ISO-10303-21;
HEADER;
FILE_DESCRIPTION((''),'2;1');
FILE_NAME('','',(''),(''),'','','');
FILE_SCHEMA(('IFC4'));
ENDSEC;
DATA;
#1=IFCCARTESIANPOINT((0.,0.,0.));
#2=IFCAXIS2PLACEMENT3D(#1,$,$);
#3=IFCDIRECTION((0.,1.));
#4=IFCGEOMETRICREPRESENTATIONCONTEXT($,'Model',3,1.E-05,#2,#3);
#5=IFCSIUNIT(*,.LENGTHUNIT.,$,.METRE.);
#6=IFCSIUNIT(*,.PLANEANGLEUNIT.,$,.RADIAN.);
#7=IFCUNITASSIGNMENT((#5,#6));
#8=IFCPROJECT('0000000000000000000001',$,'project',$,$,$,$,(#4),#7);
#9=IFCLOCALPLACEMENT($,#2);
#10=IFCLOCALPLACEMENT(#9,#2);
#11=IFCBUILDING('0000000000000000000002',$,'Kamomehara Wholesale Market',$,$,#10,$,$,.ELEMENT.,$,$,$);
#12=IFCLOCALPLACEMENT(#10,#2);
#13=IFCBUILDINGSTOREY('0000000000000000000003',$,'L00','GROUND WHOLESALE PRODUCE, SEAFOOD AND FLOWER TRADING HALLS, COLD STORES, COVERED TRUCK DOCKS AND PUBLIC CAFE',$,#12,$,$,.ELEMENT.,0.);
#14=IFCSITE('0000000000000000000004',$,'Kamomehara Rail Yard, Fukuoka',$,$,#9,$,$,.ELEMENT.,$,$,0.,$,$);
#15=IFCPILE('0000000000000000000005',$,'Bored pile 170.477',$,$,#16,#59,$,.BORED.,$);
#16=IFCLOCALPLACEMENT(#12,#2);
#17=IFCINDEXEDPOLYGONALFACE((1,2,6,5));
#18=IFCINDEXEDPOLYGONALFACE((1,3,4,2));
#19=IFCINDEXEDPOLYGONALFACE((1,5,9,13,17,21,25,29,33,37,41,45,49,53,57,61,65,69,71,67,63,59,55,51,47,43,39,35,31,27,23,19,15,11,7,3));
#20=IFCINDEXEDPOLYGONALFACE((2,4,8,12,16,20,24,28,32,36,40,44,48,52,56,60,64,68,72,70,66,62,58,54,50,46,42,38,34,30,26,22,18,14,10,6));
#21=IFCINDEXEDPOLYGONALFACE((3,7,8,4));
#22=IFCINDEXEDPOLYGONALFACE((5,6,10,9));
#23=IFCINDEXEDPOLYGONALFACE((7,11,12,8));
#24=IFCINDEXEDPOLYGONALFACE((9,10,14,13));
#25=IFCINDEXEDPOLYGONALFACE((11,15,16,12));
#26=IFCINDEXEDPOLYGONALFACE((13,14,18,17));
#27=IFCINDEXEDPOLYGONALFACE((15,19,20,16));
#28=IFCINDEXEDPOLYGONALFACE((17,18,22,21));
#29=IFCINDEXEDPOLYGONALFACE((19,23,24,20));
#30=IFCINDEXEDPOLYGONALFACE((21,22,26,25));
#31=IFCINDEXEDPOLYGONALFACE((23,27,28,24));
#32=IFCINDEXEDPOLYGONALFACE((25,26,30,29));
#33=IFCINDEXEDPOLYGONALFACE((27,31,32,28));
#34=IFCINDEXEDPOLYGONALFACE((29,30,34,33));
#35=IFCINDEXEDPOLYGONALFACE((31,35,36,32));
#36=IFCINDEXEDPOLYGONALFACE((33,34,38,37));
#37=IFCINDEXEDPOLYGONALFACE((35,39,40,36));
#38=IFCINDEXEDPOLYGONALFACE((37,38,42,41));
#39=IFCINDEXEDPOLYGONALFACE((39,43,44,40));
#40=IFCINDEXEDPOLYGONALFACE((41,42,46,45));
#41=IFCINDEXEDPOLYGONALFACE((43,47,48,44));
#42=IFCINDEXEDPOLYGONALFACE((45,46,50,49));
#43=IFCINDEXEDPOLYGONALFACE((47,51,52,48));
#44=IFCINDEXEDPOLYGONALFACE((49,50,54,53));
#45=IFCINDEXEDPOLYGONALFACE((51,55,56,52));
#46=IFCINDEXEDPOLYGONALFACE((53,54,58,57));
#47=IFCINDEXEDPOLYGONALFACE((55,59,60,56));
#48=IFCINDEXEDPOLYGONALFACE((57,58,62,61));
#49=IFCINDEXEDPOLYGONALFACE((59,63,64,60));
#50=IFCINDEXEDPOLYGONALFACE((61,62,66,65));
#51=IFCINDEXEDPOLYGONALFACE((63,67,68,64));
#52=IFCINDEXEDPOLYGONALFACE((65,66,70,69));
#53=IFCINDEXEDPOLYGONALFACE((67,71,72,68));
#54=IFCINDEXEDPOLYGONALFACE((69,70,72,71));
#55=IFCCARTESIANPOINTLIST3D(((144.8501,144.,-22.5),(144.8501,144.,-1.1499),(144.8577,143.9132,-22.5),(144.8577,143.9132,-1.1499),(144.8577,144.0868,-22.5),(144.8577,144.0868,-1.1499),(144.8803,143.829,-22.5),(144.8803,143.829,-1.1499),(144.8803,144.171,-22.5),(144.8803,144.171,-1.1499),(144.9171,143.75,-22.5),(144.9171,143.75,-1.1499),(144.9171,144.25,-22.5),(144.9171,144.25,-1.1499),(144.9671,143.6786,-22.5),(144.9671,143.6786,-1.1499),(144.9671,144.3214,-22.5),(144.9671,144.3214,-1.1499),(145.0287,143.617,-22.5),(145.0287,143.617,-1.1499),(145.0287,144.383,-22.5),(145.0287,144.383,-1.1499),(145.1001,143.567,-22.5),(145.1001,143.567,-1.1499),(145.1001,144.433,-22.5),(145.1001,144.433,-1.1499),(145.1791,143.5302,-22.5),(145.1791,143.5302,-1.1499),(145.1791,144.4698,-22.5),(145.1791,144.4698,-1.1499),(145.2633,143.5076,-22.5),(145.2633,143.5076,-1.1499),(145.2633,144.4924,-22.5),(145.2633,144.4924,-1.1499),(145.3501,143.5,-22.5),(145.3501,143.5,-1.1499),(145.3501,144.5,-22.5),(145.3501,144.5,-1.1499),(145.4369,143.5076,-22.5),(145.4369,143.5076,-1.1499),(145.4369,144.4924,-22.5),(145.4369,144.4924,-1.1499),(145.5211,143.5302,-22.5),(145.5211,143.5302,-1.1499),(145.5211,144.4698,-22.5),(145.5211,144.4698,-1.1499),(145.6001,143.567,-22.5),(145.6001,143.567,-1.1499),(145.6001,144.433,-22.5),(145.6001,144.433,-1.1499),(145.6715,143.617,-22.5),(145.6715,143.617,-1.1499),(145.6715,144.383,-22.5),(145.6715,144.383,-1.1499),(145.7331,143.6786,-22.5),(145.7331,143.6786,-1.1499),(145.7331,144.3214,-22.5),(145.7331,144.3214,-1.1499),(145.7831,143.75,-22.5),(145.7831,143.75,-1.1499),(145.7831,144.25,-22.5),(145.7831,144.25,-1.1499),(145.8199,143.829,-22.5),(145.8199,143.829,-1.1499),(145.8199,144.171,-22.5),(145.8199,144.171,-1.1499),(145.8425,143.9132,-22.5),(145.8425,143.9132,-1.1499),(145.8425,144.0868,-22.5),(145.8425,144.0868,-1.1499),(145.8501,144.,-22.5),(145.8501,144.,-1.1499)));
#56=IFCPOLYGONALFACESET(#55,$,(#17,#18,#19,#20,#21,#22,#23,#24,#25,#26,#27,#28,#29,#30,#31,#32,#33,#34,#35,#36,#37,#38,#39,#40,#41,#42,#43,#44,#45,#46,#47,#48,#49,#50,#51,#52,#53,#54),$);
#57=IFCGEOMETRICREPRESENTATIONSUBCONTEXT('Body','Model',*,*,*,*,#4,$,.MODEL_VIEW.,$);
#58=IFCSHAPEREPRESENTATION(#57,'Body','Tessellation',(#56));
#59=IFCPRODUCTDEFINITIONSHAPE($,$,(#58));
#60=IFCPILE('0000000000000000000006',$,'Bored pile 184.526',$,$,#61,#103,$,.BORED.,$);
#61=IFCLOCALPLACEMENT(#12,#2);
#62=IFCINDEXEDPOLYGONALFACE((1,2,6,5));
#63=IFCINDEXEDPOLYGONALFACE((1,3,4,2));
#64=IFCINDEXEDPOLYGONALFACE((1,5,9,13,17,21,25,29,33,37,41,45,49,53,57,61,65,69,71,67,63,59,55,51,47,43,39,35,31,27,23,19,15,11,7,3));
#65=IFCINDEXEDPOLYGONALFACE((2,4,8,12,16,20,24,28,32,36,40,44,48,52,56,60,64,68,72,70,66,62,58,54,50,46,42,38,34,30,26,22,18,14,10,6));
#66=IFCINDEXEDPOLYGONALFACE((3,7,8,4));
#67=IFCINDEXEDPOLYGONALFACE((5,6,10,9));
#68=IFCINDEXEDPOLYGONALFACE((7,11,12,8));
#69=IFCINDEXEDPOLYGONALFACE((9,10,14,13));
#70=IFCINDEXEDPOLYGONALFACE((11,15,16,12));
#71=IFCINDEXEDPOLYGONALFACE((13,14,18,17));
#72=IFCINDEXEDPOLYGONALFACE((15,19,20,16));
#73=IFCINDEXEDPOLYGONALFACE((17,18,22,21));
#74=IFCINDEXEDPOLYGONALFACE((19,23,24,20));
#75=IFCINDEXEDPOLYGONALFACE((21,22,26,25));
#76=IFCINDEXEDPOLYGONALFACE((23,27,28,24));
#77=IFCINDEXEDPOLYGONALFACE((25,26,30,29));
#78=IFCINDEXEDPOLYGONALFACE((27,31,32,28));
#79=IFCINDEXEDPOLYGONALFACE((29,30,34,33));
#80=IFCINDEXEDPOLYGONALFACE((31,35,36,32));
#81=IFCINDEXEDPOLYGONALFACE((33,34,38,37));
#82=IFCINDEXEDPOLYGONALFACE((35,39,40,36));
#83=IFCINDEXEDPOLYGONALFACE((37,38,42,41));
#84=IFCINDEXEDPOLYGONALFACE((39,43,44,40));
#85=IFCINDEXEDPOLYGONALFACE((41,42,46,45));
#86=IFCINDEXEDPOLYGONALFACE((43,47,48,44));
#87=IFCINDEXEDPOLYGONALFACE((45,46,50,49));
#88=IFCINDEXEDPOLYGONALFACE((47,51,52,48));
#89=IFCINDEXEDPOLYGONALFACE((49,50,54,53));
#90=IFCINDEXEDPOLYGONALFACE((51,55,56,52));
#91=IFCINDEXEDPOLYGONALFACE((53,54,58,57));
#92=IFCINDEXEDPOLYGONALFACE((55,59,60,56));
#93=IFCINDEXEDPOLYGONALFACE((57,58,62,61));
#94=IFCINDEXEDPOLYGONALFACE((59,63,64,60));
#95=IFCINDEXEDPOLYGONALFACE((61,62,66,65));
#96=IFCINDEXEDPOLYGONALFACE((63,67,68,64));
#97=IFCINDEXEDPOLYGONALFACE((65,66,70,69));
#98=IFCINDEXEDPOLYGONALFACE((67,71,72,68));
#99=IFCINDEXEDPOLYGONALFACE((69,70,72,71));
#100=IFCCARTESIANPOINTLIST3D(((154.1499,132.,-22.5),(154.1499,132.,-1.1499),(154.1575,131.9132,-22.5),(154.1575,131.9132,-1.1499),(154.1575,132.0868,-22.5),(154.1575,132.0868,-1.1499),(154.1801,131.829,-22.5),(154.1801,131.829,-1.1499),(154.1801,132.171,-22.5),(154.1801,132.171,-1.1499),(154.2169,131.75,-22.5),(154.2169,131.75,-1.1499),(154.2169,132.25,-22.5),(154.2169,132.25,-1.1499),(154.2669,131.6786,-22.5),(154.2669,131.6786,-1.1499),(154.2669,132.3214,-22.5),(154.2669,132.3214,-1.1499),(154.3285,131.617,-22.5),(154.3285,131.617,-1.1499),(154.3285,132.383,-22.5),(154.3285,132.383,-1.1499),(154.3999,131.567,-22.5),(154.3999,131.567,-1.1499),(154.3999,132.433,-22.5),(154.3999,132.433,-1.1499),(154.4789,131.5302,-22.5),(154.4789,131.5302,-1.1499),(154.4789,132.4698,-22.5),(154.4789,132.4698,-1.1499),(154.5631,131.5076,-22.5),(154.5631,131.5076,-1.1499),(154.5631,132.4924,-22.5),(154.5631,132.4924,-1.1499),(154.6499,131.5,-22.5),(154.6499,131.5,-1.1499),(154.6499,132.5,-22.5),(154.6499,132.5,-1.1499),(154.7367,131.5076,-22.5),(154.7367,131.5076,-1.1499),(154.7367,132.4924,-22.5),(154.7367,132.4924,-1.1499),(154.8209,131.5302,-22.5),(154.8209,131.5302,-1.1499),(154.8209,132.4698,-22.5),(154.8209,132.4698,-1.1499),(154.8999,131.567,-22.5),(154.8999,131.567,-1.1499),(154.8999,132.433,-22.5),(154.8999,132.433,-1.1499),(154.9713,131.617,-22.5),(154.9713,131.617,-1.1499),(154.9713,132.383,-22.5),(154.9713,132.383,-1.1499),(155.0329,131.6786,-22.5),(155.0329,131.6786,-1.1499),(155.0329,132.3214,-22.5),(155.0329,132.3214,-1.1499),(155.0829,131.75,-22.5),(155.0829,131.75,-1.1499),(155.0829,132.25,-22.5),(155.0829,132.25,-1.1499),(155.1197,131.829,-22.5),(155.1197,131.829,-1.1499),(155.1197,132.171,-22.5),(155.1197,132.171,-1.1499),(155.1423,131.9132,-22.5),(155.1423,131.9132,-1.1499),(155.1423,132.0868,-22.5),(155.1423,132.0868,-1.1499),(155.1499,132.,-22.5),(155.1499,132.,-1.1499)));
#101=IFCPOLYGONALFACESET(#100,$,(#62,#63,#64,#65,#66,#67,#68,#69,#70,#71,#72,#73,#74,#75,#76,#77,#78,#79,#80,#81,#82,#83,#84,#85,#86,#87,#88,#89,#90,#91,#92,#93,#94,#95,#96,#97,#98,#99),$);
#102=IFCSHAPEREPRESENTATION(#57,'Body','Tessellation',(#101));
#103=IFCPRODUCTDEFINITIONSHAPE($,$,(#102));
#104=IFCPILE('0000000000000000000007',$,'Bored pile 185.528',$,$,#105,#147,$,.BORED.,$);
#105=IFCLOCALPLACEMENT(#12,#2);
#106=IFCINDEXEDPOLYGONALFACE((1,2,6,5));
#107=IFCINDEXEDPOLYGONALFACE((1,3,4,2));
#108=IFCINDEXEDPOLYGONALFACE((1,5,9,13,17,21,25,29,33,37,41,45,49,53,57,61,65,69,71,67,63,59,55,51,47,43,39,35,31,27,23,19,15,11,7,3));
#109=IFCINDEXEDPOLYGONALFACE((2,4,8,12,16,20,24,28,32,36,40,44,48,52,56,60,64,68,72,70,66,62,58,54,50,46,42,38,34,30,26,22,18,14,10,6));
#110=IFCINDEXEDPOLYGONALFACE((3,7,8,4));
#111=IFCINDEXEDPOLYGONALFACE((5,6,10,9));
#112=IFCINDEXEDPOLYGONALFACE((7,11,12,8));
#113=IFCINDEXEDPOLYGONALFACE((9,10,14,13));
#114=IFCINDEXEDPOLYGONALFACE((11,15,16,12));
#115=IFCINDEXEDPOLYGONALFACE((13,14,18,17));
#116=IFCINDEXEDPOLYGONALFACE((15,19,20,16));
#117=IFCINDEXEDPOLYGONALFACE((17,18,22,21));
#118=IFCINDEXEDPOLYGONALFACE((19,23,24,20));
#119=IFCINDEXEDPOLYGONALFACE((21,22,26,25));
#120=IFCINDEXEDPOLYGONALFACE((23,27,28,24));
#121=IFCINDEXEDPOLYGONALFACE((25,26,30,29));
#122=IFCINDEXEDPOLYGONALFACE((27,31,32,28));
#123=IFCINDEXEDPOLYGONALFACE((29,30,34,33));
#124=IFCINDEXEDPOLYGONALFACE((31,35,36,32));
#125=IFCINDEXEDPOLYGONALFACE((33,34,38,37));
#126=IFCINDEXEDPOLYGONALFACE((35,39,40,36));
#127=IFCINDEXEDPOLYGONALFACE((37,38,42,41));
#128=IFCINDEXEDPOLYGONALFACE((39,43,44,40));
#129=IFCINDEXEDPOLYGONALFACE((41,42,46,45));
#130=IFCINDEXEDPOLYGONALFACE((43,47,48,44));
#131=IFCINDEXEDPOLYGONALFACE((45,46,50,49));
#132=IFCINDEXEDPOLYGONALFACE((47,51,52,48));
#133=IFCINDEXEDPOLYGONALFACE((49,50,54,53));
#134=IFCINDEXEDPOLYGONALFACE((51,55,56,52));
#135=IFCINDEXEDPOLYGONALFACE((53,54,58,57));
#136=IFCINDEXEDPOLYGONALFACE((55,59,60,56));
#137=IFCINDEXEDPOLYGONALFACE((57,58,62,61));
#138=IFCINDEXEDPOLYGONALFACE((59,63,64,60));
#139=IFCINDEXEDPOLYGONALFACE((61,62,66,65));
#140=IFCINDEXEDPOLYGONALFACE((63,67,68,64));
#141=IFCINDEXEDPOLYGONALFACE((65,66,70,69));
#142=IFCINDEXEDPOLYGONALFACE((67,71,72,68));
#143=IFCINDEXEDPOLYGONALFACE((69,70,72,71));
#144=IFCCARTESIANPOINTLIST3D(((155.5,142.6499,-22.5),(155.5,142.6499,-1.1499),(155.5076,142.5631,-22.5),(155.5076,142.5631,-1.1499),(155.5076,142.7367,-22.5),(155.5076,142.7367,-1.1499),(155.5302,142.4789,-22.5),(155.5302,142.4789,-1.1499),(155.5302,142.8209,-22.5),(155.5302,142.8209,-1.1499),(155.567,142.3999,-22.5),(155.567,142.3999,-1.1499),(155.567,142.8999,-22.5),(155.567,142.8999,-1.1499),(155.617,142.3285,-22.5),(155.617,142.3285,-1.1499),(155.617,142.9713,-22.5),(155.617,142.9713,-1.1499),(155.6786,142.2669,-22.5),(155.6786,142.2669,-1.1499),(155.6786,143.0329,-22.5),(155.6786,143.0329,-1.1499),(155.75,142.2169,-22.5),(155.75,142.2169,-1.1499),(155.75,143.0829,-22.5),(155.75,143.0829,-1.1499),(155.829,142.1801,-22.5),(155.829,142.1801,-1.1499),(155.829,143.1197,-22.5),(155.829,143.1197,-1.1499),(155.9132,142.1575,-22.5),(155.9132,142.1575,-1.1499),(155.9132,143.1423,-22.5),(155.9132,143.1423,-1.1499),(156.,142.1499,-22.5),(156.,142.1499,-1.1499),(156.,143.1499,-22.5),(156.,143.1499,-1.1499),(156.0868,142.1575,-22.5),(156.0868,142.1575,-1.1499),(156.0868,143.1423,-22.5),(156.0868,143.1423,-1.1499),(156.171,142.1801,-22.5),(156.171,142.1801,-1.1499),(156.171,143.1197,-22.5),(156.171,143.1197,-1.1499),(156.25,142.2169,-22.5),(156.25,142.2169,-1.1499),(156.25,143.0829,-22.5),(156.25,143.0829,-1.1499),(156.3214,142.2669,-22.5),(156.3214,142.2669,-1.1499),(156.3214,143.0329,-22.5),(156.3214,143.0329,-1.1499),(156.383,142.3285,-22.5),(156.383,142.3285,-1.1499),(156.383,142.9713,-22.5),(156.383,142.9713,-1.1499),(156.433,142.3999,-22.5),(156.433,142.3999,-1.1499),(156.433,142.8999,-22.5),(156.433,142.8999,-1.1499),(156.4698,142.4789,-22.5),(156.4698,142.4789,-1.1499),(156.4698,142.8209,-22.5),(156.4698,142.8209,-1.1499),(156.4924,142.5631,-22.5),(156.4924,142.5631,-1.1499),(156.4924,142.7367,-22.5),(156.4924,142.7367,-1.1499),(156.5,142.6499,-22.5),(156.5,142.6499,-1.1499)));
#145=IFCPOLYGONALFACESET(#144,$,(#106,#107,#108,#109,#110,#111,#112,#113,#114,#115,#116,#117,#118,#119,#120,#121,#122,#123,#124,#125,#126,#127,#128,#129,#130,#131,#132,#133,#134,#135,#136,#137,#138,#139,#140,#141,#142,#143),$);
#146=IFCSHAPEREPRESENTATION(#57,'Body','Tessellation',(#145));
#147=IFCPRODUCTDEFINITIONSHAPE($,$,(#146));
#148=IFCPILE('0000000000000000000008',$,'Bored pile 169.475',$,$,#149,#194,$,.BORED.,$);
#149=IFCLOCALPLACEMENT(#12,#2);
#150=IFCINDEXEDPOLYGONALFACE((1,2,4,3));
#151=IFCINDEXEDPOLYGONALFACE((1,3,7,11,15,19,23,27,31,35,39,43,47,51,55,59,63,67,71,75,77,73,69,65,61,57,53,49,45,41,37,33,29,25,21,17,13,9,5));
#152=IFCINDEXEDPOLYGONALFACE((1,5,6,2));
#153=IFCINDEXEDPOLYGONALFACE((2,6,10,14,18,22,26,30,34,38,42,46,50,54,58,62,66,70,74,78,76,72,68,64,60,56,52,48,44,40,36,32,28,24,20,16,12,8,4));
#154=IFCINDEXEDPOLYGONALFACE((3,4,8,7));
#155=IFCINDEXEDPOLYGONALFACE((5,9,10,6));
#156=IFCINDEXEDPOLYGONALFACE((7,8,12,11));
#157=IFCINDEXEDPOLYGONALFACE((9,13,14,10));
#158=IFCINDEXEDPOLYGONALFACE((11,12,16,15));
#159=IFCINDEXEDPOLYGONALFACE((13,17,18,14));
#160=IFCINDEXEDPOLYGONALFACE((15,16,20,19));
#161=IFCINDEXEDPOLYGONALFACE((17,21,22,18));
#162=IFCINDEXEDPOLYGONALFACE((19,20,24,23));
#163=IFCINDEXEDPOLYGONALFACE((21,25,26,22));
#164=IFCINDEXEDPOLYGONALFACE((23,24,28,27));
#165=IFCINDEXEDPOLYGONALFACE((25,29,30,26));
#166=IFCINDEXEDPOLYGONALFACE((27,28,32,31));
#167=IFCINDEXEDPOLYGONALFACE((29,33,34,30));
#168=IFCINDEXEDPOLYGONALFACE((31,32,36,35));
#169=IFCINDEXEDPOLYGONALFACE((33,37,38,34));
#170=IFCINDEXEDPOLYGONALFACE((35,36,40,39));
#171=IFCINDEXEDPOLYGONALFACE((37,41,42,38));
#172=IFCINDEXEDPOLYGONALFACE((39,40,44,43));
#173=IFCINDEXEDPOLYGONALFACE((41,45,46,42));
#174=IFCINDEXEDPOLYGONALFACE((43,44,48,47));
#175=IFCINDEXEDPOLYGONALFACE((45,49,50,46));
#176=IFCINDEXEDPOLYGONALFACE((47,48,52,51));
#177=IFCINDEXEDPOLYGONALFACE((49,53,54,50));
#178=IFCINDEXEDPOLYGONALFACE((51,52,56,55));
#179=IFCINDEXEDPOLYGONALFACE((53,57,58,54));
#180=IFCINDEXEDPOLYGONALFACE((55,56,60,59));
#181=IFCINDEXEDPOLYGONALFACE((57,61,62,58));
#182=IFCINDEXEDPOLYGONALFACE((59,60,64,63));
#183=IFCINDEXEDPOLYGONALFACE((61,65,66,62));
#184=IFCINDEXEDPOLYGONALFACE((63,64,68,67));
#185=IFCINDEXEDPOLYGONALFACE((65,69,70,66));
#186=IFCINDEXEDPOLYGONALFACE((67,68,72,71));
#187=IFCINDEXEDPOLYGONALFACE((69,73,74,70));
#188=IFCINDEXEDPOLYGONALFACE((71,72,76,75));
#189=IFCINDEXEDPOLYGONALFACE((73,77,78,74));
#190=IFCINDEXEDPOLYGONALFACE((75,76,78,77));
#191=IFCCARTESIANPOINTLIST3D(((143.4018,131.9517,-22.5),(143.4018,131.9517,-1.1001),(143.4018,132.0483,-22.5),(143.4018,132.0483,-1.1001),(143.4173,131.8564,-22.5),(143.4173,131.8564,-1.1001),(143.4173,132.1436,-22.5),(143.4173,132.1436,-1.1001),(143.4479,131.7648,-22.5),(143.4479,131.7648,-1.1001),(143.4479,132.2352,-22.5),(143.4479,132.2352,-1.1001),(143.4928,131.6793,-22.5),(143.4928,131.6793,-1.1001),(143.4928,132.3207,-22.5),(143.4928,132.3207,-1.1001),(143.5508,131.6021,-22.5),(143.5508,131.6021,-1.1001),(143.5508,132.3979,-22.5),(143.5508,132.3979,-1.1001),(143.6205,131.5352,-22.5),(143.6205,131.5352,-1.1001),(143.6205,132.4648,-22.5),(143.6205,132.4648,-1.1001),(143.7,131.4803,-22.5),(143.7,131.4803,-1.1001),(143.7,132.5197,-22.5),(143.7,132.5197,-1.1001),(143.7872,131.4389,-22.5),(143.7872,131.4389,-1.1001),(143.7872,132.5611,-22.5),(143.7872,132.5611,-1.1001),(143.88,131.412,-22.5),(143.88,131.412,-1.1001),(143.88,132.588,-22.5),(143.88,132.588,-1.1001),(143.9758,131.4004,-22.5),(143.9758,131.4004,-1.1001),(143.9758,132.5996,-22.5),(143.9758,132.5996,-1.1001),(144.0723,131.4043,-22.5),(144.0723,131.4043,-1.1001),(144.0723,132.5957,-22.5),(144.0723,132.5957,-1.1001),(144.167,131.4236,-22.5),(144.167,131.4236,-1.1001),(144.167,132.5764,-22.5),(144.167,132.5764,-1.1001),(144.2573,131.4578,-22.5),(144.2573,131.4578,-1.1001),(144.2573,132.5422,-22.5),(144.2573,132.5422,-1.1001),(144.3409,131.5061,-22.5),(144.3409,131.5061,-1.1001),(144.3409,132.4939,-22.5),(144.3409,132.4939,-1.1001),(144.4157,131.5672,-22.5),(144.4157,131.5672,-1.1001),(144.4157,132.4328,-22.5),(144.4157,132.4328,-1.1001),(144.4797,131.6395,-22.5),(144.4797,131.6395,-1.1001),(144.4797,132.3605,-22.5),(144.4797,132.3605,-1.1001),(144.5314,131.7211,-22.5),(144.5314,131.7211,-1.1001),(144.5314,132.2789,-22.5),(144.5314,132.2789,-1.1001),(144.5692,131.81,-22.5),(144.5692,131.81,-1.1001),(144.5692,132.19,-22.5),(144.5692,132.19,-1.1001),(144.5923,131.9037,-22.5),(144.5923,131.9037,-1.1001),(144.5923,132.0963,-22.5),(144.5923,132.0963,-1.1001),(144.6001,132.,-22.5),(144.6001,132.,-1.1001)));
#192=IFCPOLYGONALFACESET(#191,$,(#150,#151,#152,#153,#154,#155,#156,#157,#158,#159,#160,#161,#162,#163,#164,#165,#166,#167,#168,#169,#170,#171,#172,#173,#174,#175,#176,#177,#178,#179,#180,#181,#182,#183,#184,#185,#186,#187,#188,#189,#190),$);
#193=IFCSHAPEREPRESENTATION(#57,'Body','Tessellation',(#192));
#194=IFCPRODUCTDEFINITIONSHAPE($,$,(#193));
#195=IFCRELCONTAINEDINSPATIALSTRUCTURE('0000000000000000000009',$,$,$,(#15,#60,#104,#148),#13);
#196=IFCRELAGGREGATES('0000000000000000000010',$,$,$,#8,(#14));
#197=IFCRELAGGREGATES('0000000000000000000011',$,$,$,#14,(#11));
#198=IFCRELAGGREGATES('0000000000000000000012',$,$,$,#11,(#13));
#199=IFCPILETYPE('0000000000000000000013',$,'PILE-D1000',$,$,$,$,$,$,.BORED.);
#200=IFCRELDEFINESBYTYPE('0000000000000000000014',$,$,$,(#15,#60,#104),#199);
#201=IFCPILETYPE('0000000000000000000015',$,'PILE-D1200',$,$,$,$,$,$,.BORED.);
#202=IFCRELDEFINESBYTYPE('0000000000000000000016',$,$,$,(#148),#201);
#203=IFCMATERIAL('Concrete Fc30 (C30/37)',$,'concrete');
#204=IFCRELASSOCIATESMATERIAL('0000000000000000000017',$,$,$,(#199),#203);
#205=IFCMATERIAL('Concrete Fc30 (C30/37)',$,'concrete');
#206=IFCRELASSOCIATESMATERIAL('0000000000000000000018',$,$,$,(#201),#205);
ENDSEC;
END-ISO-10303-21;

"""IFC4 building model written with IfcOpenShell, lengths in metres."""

from ifc_helpers import new_model, si_unit, direction, frame, origin, origin_2d, place, context, subcontext, project, spatial, circle, extrude, material, material_profile, profile_set, type_object, element, save


model = new_model("IFC4")

# Units and contexts
model_context = context("Model", 3, precision=1e-05, world=origin(), true_north=direction((0.0, 1.0)))
body_context = subcontext(model_context, "Body", "Model", "MODEL_VIEW")
ifc_project = project(units=[si_unit("LENGTHUNIT", "METRE"), si_unit("PLANEANGLEUNIT", "RADIAN")], contexts=[model_context])

# Site, building, storey
site_placement = place(None, origin())
site = spatial("IfcSite", under=ifc_project, at=site_placement, Name="Kamomehara Rail Yard, Fukuoka", CompositionType="ELEMENT", RefElevation=0.0)
building_placement = place(site_placement, origin())
building = spatial("IfcBuilding", under=site, at=building_placement, Name="Kamomehara Wholesale Market", CompositionType="ELEMENT")
storey_placement = place(building_placement, origin())
storey = spatial("IfcBuildingStorey", under=building, at=storey_placement, Name="L00", Description="GROUND WHOLESALE PRODUCE, SEAFOOD AND FLOWER TRADING HALLS, COLD STORES, COVERED TRUCK DOCKS AND PUBLIC CAFE", CompositionType="ELEMENT", Elevation=0.0)

# Piles
ifc_material_1 = material(Name="Concrete Fc30 (C30/37)", Category="concrete")
ifc_material_profile_1 = material_profile(ifc_material_1, circle(Radius=0.5, at=origin_2d()), Name="RC-PILE-D1000")
ifc_profile_set_1 = profile_set([ifc_material_profile_1], Name="Concrete Fc30 (C30/37)")
pile_type_1 = type_object("IfcPileType", Name="PILE-D1000", PredefinedType="BORED", material=ifc_profile_set_1)
for number, where, z_axis, x_axis, name in (
    (1, (145.3501, 144.0, -1.1499), (0.0, 0.0, -1.0), (1.0, 0.0, 0.0), "Bored pile 170.477"),
    (2, (154.6499, 132.0, -1.1499), (0.0, 0.0, -1.0), (1.0, 0.0, 0.0), "Bored pile 184.526"),
    (3, (156.0, 142.6499, -1.1499), (0.0, 0.0, -1.0), (1.0, 0.0, 0.0), "Bored pile 185.528"),
):
    element("IfcPile", number, at=place(storey_placement, frame(where, z_axis=z_axis, x_axis=x_axis)), inside=storey, type_object=pile_type_1, Name=name, PredefinedType="BORED", context=body_context, shape_type="SweptSolid", body=[
        extrude(circle(Radius=0.5, at=origin_2d()), origin(), (0.0, 0.0, 1.0), 21.3501),
    ])
ifc_material_2 = material(Name="Concrete Fc30 (C30/37)", Category="concrete")
ifc_material_profile_2 = material_profile(ifc_material_2, circle(Radius=0.6001, at=origin_2d()), Name="RC-PILE-D1200")
ifc_profile_set_2 = profile_set([ifc_material_profile_2], Name="Concrete Fc30 (C30/37)")
pile_type_2 = type_object("IfcPileType", Name="PILE-D1200", PredefinedType="BORED", material=ifc_profile_set_2)
pile_placement = place(storey_placement, frame((144.0, 132.0, -1.1001), z_axis=(0.0, 0.0, -1.0), x_axis=(1.0, 0.0, 0.0)))
element("IfcPile", 4, at=pile_placement, inside=storey, type_object=pile_type_2, Name="Bored pile 169.475", PredefinedType="BORED", context=body_context, shape_type="SweptSolid", body=[
    extrude(circle(Radius=0.6001, at=origin_2d()), origin(), (0.0, 0.0, 1.0), 21.3999),
])

save(model, "model.ifc")
